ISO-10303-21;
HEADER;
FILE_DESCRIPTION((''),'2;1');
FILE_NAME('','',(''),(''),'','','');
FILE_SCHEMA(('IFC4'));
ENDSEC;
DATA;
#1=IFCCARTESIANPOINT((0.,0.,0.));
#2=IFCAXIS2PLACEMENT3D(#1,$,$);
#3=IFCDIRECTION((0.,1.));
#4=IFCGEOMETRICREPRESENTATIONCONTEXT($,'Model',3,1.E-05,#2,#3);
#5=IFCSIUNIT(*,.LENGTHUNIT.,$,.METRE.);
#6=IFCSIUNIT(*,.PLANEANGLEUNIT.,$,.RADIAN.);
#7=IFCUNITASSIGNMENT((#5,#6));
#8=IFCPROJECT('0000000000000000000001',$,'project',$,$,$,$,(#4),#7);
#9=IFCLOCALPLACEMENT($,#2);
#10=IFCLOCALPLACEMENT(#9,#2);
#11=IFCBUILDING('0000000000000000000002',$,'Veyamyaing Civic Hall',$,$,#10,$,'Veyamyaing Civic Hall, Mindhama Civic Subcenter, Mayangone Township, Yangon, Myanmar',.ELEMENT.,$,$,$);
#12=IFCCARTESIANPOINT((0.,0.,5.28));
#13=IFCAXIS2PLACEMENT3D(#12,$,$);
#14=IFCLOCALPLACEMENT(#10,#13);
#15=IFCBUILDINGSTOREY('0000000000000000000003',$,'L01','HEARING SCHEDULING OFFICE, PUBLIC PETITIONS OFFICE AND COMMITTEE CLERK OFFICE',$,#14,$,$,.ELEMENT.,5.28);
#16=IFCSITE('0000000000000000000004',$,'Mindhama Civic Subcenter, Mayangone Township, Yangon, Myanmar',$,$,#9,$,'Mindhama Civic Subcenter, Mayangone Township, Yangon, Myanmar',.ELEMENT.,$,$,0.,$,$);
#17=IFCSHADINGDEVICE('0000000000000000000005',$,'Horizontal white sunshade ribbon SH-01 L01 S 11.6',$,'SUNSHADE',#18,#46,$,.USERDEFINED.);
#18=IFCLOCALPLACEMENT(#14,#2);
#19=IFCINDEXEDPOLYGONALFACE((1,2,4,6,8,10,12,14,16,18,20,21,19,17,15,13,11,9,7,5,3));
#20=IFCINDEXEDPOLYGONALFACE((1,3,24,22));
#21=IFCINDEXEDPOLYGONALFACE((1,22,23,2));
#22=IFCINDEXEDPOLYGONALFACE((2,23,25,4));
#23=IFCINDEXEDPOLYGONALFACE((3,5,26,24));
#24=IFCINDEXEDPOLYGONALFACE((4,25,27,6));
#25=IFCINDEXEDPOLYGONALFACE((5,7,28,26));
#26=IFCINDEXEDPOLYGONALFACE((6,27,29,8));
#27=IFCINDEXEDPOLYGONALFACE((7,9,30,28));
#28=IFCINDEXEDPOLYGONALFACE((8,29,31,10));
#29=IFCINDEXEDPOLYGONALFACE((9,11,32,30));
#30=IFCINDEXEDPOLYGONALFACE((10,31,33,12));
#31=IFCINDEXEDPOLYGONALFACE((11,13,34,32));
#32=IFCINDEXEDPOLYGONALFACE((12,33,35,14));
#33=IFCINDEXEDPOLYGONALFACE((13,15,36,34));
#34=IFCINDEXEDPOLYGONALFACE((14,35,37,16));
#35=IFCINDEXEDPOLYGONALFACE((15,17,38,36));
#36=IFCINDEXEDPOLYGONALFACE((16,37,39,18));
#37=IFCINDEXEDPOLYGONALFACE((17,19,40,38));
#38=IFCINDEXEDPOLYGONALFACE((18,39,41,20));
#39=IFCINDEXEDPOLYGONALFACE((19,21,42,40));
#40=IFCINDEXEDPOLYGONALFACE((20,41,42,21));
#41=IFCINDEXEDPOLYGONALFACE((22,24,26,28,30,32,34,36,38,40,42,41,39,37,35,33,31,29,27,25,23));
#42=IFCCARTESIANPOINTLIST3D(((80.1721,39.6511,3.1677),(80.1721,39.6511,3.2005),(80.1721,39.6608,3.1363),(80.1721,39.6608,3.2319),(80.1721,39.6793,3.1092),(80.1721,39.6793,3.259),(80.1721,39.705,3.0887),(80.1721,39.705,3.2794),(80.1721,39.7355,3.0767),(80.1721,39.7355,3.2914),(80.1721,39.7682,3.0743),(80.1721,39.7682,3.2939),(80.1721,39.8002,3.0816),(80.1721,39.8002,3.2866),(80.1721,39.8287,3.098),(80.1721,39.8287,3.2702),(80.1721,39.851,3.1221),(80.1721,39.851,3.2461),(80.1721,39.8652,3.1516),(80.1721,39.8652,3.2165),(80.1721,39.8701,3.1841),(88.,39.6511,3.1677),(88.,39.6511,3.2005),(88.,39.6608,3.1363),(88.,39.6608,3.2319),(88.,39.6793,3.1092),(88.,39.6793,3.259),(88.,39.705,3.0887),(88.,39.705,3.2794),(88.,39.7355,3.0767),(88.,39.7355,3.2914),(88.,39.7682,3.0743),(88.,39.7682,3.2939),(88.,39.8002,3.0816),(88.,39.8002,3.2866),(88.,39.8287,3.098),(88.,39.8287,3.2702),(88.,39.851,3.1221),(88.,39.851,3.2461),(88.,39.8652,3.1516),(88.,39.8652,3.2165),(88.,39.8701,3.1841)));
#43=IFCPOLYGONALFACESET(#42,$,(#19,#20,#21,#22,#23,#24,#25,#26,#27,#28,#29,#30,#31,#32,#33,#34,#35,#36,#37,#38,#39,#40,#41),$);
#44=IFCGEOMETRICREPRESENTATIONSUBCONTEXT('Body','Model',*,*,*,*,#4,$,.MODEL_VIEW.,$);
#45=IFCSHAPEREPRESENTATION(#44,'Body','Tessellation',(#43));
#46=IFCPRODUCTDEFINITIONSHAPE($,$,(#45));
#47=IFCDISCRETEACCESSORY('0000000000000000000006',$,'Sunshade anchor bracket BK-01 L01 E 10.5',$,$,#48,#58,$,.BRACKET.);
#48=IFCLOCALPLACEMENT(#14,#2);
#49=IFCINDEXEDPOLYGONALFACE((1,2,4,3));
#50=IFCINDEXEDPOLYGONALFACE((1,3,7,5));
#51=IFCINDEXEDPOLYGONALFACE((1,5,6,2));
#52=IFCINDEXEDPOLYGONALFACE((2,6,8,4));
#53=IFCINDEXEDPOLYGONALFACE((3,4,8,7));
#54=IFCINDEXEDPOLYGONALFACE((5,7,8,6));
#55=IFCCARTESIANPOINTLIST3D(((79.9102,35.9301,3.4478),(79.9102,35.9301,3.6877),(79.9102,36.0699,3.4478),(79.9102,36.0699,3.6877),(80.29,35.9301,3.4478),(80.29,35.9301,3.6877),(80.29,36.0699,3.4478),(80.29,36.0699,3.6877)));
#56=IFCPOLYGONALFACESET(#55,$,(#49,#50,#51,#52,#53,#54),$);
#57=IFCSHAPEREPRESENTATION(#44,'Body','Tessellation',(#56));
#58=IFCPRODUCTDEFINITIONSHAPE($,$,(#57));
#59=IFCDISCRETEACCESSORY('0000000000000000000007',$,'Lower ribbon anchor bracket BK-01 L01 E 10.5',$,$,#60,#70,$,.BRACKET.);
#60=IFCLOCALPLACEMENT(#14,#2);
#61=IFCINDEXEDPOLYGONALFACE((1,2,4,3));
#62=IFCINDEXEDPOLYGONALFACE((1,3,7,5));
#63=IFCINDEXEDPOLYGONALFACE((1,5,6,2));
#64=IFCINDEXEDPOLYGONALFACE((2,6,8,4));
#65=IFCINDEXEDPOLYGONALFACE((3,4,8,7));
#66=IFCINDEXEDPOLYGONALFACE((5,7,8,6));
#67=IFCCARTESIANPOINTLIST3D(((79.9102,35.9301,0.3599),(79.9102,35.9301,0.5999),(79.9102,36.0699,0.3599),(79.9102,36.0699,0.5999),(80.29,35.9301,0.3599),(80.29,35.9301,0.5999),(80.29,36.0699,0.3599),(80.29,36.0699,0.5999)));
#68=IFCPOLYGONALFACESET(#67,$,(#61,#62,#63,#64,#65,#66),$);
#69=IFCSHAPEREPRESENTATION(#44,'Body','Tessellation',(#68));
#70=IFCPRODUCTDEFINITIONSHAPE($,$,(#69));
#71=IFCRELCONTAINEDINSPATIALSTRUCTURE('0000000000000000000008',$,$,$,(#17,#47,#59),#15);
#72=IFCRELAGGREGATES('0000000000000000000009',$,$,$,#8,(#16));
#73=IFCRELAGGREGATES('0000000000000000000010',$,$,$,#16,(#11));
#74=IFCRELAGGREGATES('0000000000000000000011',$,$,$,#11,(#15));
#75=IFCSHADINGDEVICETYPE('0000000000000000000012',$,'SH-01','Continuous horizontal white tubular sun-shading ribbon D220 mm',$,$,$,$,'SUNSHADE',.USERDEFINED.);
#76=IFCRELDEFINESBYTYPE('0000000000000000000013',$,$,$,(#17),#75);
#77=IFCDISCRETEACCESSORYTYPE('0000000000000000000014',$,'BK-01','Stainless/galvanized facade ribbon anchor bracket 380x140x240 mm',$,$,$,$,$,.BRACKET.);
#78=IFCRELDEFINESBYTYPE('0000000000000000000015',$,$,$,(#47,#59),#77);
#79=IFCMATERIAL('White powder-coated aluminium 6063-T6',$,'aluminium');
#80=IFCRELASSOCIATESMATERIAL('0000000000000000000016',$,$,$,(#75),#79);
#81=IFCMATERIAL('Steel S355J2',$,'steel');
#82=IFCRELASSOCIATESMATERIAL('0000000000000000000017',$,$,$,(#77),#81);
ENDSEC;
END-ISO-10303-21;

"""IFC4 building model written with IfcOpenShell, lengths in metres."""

from ifc_helpers import new_model, si_unit, direction, frame, origin, origin_2d, place, context, subcontext, project, spatial, rectangle, circle, extrude, material, material_profile, profile_set, type_object, element, save


model = new_model("IFC4")

# Units and contexts
model_context = context("Model", 3, precision=1e-05, world=origin(), true_north=direction((0.0, 1.0)))
body_context = subcontext(model_context, "Body", "Model", "MODEL_VIEW")
ifc_project = project(units=[si_unit("LENGTHUNIT", "METRE"), si_unit("PLANEANGLEUNIT", "RADIAN")], contexts=[model_context])

# Site, building, storey
site_placement = place(None, origin())
site = spatial("IfcSite", under=ifc_project, at=site_placement, Name="Mindhama Civic Subcenter, Mayangone Township, Yangon, Myanmar", LongName="Mindhama Civic Subcenter, Mayangone Township, Yangon, Myanmar", CompositionType="ELEMENT", RefElevation=0.0)
building_placement = place(site_placement, origin())
building = spatial("IfcBuilding", under=site, at=building_placement, Name="Veyamyaing Civic Hall", LongName="Veyamyaing Civic Hall, Mindhama Civic Subcenter, Mayangone Township, Yangon, Myanmar", CompositionType="ELEMENT")
storey_placement = place(building_placement, frame((0.0, 0.0, 5.28)))
storey = spatial("IfcBuildingStorey", under=building, at=storey_placement, Name="L01", Description="HEARING SCHEDULING OFFICE, PUBLIC PETITIONS OFFICE AND COMMITTEE CLERK OFFICE", CompositionType="ELEMENT", Elevation=5.28)

# Shared definitions
ifc_material_1 = material(Name="Steel S355J2", Category="steel")

# Shared definitions
ifc_material_2 = material(Name="White powder-coated aluminium 6063-T6", Category="aluminium")

# Shading device
ifc_material_profile_1 = material_profile(ifc_material_2, circle(Radius=0.1101, at=origin_2d()), Name="SHADE-TUBE-220")
ifc_profile_set_1 = profile_set([ifc_material_profile_1], Name="White powder-coated aluminium 6063-T6")
shading_device_type = type_object("IfcShadingDeviceType", Name="SH-01", Description="Continuous horizontal white tubular sun-shading ribbon D220 mm", ElementType="SUNSHADE", PredefinedType="USERDEFINED", material=ifc_profile_set_1)
shading_device_1_placement = place(storey_placement, frame((80.1721, 39.76, 3.1841), z_axis=(1.0, 0.0, 0.0), x_axis=(0.0, 1.0, 0.0)))
element("IfcShadingDevice", 1, at=shading_device_1_placement, inside=storey, type_object=shading_device_type, Name="Horizontal white sunshade ribbon SH-01 L01 S 11.6", ObjectType="SUNSHADE", PredefinedType="USERDEFINED", context=body_context, shape_type="SweptSolid", body=[
    extrude(circle(Radius=0.1101, at=origin_2d()), origin(), (0.0, 0.0, 1.0), 7.8279),
])

# Discrete accessories
discrete_accessory_type = type_object("IfcDiscreteAccessoryType", Name="BK-01", Description="Stainless/galvanized facade ribbon anchor bracket 380x140x240 mm", PredefinedType="BRACKET", material=ifc_material_1)
for number, where, z_axis, x_axis, name in (
    (2, (80.1001, 36.0, 3.4478), (0.0, 0.0, 1.0), (1.0, 0.0, 0.0), "Sunshade anchor bracket BK-01 L01 E 10.5"),
    (3, (80.1001, 36.0, 0.3599), (0.0, 0.0, 1.0), (1.0, 0.0, 0.0), "Lower ribbon anchor bracket BK-01 L01 E 10.5"),
):
    element("IfcDiscreteAccessory", number, at=place(storey_placement, frame(where, z_axis=z_axis, x_axis=x_axis)), inside=storey, type_object=discrete_accessory_type, Name=name, PredefinedType="BRACKET", context=body_context, shape_type="SweptSolid", body=[
        extrude(rectangle(XDim=0.3799, YDim=0.1399, at=origin_2d()), origin(), (0.0, 0.0, 1.0), 0.24),
    ])

save(model, "model.ifc")
